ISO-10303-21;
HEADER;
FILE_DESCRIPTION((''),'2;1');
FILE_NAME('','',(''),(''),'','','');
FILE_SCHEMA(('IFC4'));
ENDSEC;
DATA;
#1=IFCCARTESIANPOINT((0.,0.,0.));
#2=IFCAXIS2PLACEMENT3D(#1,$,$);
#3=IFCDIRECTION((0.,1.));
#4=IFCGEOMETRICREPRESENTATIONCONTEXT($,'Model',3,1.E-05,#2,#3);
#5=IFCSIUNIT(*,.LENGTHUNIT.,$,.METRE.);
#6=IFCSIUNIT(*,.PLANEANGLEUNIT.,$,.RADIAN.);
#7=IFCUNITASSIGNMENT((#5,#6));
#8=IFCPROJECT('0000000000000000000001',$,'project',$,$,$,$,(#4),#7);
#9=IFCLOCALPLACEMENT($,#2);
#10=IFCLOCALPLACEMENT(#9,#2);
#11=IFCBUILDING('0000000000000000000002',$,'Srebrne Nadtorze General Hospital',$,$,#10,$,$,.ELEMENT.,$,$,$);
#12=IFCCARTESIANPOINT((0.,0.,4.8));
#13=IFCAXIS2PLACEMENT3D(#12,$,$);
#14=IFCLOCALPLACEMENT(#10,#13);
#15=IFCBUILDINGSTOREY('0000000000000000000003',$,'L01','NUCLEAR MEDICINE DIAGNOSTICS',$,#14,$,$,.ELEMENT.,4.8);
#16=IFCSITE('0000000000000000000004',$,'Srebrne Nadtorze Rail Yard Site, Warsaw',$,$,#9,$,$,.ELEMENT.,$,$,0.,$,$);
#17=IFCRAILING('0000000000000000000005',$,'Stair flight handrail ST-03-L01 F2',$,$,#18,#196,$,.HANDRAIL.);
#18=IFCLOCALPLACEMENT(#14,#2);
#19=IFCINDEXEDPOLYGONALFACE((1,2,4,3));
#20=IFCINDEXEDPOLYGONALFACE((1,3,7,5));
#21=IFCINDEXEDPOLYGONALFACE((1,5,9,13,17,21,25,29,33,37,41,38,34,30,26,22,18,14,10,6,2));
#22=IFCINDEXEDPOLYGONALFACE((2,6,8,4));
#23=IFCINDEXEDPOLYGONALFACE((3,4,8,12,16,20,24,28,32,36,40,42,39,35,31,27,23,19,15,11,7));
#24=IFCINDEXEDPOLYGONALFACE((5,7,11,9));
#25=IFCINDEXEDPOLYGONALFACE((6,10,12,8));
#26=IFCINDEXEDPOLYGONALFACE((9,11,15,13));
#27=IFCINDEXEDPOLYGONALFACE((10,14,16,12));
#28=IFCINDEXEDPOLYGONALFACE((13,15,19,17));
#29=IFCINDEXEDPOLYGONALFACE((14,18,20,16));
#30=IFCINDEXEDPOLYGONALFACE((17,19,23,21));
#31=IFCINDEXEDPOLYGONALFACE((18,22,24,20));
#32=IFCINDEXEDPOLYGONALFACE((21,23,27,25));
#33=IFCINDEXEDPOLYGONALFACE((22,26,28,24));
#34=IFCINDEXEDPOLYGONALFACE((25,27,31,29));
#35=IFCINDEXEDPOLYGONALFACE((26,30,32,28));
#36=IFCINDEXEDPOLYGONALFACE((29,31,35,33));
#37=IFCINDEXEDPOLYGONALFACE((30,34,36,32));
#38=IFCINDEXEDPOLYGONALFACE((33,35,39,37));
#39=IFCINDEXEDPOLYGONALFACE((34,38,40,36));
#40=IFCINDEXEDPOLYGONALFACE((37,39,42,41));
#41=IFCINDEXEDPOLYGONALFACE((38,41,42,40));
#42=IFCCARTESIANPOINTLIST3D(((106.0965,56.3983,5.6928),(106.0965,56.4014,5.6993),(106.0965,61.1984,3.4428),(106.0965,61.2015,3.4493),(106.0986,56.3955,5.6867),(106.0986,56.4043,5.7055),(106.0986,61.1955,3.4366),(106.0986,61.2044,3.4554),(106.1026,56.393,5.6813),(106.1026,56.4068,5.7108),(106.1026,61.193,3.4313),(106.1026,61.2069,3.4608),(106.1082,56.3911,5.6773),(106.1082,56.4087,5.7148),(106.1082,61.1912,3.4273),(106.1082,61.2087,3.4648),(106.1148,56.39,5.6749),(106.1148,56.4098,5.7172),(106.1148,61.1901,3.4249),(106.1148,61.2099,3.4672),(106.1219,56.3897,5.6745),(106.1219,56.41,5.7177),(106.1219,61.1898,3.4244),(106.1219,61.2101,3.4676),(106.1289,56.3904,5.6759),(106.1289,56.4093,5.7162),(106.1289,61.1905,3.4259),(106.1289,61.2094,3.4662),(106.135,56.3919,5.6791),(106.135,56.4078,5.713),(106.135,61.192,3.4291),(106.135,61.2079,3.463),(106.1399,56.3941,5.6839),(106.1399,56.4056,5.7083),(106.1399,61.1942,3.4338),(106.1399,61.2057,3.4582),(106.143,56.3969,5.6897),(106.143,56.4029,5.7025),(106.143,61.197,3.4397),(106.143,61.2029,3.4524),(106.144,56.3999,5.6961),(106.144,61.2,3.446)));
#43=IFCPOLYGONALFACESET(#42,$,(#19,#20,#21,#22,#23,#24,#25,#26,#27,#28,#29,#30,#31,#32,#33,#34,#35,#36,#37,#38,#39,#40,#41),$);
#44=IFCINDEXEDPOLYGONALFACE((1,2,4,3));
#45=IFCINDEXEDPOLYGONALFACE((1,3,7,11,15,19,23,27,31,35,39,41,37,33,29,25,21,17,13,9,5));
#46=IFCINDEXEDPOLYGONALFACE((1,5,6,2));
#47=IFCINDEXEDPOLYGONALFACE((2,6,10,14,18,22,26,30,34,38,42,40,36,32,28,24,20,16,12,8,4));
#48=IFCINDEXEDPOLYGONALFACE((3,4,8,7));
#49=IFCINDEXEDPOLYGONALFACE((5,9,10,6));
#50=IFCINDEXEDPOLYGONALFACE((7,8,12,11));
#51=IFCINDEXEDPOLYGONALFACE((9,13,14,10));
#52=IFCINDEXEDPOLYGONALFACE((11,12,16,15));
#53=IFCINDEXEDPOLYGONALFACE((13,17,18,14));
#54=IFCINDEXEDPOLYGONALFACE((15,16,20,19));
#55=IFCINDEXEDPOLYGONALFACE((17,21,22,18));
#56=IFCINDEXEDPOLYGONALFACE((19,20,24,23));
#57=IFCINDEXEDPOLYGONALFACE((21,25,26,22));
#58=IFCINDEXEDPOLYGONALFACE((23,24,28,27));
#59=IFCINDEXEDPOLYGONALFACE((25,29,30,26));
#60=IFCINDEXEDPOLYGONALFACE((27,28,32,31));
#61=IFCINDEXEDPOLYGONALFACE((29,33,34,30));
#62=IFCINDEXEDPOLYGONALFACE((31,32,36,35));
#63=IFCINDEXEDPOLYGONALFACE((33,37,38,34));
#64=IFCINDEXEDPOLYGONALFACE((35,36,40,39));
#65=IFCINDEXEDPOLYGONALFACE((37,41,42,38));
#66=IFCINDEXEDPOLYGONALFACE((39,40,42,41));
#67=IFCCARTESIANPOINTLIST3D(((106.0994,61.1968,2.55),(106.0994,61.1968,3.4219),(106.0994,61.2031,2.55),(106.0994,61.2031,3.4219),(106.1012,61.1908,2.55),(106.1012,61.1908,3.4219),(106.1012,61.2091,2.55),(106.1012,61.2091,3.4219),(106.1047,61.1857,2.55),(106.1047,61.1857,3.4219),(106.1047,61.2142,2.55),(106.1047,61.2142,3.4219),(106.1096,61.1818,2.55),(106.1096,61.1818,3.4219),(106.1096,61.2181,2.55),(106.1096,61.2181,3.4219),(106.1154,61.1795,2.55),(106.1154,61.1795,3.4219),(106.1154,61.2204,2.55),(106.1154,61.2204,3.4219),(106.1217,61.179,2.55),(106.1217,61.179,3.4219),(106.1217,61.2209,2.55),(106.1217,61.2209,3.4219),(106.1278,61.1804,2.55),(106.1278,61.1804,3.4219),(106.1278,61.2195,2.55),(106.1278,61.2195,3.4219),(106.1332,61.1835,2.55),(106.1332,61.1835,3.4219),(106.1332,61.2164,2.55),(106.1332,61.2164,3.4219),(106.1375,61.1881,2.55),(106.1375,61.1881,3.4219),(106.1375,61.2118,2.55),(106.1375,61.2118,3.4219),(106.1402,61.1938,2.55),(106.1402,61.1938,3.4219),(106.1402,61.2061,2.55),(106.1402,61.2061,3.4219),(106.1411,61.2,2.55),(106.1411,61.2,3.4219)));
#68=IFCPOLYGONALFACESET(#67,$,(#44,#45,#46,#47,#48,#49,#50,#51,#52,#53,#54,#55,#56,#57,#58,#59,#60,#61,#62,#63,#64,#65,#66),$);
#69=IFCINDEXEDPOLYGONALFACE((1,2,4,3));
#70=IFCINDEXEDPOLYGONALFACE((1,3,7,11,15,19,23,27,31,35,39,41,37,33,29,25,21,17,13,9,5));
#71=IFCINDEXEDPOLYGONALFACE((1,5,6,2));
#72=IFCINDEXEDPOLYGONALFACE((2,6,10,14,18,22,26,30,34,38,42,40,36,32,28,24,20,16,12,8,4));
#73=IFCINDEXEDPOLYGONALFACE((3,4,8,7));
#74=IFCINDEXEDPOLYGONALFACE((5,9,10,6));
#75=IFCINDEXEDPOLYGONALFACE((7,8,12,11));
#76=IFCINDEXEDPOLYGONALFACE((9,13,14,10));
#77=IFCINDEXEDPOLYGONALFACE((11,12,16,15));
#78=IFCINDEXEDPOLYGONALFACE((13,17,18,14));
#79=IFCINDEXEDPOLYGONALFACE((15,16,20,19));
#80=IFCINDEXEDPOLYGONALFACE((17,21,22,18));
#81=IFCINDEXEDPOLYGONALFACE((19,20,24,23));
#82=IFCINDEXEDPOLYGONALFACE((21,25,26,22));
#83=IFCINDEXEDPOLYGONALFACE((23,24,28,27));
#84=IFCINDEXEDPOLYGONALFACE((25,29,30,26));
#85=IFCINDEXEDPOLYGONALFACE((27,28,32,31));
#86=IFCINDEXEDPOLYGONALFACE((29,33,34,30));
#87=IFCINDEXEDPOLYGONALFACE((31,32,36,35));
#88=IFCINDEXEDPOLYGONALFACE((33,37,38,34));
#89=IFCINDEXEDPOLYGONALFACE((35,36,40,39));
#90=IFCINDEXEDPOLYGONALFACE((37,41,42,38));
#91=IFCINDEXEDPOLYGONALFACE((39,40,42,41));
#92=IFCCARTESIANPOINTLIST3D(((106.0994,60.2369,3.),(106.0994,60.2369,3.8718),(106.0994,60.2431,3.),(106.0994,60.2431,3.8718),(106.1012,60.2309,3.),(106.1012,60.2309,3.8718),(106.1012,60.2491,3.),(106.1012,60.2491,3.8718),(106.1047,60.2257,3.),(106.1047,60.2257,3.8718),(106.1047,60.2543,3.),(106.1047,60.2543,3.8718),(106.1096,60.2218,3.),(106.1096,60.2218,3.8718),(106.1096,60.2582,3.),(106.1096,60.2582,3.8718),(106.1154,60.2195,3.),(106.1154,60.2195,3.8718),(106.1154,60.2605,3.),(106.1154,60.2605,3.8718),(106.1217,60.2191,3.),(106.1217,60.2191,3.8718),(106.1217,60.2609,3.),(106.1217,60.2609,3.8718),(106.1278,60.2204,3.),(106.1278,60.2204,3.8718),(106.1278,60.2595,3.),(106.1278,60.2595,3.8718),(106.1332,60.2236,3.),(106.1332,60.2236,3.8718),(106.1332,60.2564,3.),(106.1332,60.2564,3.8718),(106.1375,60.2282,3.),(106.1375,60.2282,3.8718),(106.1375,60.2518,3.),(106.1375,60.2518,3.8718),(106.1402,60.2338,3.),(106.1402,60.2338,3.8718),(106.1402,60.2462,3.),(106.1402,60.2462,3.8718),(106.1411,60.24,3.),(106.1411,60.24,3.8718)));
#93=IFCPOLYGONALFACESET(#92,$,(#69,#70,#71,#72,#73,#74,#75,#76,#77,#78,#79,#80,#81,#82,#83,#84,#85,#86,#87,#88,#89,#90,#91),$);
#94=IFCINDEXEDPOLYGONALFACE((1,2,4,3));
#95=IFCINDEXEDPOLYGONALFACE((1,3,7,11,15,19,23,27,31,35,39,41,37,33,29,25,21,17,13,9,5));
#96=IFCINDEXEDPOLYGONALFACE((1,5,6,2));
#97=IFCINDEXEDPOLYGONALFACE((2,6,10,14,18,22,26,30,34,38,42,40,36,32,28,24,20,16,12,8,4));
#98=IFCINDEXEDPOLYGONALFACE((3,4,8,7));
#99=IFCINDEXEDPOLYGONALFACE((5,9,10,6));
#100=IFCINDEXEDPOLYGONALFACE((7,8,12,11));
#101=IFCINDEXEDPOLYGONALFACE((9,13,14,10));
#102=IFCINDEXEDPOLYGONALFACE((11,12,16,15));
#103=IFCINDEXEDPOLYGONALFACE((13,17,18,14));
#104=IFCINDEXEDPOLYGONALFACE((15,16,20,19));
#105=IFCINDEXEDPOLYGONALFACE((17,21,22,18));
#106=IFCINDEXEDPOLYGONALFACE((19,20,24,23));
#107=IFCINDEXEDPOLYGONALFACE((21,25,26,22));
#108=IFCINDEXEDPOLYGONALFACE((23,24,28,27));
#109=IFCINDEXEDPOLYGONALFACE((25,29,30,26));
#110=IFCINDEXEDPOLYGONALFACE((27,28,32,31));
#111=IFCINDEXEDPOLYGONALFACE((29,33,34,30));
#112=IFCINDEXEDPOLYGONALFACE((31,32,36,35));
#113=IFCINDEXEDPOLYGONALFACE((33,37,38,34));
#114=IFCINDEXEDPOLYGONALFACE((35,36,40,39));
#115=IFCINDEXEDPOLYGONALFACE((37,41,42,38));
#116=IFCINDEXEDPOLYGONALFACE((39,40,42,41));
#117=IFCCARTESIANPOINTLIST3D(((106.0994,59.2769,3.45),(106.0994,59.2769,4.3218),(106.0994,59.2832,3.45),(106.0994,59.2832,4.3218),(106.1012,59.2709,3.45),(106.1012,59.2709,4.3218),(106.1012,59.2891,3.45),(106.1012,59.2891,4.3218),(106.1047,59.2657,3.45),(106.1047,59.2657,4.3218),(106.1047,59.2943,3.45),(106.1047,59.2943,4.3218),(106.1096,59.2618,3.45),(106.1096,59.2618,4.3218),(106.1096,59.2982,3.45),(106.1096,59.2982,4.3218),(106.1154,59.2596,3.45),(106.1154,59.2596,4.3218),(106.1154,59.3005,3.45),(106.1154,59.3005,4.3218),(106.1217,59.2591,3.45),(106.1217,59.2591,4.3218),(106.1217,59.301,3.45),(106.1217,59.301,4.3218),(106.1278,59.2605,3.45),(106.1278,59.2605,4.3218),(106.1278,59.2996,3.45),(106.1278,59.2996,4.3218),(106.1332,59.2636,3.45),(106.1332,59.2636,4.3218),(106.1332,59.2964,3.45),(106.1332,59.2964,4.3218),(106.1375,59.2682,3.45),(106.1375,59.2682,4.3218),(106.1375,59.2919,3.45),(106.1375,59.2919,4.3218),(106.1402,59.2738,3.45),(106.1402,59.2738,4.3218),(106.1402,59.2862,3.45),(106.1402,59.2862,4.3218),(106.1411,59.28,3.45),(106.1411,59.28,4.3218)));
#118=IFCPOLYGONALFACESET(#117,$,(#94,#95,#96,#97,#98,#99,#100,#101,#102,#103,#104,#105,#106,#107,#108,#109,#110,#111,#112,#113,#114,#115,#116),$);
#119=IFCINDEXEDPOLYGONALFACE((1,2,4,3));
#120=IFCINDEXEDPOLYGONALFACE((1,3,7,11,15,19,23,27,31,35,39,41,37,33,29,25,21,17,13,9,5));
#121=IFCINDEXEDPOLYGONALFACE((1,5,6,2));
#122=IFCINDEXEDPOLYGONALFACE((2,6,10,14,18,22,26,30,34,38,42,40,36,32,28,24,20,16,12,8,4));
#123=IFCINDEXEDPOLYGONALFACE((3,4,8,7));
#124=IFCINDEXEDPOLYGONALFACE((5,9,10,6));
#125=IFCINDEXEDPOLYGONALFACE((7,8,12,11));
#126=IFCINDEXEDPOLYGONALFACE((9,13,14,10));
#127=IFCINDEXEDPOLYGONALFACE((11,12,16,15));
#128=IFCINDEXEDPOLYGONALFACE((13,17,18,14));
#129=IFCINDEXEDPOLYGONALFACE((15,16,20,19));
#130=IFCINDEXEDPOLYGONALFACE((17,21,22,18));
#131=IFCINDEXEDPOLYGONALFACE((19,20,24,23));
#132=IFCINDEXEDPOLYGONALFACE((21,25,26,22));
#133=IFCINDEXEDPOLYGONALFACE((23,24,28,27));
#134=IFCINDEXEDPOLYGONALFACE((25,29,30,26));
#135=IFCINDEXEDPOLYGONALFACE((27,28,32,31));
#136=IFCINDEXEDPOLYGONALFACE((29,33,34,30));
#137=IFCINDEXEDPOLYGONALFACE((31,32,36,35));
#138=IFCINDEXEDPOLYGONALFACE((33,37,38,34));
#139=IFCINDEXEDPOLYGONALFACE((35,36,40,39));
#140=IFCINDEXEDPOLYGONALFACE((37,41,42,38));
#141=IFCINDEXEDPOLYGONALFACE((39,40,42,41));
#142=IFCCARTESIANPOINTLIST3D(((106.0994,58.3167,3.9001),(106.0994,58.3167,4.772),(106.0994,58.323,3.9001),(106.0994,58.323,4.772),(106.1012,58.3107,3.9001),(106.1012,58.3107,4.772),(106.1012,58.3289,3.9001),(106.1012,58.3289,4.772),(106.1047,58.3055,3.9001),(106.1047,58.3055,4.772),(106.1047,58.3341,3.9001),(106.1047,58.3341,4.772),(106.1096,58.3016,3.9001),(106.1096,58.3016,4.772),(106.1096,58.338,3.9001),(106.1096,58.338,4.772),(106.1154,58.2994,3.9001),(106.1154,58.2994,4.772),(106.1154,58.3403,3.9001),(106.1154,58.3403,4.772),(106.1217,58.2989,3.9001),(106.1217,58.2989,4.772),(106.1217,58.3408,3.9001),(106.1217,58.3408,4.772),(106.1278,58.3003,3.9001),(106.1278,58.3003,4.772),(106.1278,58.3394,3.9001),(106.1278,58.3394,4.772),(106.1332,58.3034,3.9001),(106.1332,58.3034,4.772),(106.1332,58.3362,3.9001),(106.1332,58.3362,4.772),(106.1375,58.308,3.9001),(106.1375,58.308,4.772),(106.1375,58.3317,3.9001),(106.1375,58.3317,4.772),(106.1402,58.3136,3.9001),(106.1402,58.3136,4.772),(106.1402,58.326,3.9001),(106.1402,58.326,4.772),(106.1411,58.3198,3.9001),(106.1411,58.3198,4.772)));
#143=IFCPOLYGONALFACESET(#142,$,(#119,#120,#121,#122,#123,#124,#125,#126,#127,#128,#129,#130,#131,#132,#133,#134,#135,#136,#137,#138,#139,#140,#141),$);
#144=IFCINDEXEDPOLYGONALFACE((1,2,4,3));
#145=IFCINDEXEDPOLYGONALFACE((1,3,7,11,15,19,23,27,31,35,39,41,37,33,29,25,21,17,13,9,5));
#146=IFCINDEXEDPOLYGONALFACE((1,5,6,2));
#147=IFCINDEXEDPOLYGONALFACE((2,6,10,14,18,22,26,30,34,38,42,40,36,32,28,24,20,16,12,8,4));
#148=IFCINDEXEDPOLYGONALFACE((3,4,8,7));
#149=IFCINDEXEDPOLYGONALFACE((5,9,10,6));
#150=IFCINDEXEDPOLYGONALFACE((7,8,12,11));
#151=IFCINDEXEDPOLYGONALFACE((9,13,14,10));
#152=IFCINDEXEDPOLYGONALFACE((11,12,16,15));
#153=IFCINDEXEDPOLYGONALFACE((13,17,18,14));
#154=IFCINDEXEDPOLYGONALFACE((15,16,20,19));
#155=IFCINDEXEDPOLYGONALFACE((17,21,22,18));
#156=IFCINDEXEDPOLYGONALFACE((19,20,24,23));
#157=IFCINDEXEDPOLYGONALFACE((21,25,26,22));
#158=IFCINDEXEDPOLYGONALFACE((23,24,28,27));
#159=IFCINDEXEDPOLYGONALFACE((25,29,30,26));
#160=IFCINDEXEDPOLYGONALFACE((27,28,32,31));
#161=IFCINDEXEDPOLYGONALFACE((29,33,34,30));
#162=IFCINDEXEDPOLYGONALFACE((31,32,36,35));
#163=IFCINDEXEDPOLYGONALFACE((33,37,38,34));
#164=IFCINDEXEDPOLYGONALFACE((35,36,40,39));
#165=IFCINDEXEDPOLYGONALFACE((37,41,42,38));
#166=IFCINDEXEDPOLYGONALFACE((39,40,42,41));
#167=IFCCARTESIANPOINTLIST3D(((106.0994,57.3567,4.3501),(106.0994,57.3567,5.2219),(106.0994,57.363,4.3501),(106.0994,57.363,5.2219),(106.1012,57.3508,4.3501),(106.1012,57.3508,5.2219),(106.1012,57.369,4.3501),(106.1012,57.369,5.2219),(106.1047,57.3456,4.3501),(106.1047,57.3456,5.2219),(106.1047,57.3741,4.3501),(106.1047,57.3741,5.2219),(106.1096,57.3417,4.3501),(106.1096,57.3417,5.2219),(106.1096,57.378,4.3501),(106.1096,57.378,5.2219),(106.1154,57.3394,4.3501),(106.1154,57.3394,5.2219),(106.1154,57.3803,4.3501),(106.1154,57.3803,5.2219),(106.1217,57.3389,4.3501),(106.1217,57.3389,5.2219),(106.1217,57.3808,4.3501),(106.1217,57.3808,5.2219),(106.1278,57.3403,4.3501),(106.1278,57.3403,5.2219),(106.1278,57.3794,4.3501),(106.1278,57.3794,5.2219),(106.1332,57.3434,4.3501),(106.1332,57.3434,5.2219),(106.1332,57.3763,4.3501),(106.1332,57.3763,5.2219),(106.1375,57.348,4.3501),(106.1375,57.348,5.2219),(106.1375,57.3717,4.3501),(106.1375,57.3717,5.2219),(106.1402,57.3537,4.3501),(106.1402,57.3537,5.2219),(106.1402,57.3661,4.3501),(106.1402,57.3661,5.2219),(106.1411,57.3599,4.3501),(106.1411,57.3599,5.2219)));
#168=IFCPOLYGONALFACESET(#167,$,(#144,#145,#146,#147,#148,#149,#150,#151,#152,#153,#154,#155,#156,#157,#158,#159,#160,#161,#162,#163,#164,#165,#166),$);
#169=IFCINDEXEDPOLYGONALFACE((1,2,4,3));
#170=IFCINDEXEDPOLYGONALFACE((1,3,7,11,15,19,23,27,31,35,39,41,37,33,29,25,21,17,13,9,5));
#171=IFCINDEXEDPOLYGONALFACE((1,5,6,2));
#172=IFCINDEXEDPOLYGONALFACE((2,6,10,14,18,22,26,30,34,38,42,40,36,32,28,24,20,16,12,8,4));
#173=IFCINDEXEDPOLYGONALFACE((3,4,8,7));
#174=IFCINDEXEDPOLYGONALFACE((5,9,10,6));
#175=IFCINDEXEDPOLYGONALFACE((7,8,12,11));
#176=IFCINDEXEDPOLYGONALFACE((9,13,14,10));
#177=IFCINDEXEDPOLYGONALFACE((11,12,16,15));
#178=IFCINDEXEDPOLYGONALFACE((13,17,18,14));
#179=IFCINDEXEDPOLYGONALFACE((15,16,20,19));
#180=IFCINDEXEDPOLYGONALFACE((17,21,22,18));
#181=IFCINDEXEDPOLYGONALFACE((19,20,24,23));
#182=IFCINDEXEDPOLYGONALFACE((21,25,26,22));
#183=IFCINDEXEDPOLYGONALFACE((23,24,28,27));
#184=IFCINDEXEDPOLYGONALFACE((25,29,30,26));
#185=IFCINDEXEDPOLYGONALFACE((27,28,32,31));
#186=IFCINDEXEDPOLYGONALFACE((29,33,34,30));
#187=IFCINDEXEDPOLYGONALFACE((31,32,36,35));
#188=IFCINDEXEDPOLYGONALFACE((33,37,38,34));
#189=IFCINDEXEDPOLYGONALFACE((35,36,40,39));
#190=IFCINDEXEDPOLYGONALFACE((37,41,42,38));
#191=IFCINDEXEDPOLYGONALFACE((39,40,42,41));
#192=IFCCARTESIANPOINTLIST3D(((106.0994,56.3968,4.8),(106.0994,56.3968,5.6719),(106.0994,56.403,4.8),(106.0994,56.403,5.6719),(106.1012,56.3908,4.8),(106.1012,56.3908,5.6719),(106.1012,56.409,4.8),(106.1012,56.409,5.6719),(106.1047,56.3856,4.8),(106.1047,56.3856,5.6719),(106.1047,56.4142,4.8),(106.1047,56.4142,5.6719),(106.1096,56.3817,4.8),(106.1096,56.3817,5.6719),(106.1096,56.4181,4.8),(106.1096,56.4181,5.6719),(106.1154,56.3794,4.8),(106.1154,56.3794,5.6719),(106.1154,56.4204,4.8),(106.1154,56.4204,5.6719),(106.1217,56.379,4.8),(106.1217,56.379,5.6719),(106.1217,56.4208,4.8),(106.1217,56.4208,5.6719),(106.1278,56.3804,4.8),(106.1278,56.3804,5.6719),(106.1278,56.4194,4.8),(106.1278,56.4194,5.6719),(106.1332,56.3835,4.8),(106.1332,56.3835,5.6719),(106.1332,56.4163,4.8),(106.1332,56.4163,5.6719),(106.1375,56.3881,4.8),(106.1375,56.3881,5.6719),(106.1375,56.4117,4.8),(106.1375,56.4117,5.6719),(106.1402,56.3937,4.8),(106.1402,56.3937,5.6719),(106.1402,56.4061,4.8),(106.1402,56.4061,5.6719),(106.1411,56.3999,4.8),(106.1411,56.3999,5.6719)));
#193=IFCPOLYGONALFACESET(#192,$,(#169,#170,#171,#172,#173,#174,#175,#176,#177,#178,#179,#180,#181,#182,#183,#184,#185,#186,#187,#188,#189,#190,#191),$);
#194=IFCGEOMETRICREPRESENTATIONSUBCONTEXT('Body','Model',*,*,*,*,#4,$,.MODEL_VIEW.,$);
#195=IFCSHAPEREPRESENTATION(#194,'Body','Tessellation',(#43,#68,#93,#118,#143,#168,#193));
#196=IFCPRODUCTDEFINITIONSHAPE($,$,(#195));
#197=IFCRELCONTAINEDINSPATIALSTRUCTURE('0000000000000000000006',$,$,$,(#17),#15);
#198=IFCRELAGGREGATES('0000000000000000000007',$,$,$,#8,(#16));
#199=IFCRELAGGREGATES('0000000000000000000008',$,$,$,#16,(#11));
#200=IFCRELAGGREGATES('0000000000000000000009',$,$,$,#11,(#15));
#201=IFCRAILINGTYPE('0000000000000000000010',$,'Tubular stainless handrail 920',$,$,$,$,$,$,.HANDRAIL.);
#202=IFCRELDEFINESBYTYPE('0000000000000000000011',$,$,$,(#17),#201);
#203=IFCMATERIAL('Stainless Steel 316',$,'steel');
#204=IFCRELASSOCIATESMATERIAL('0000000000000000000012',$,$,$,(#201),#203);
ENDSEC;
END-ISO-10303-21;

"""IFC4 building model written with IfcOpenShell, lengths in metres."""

from ifc_helpers import new_model, si_unit, direction, frame, origin, origin_2d, place, context, subcontext, project, spatial, circle, extrude, material, type_object, element, save


model = new_model("IFC4")

# Units and contexts
model_context = context("Model", 3, precision=1e-05, world=origin(), true_north=direction((0.0, 1.0)))
body_context = subcontext(model_context, "Body", "Model", "MODEL_VIEW")
ifc_project = project(units=[si_unit("LENGTHUNIT", "METRE"), si_unit("PLANEANGLEUNIT", "RADIAN")], contexts=[model_context])

# Site, building, storey
site_placement = place(None, origin())
site = spatial("IfcSite", under=ifc_project, at=site_placement, Name="Srebrne Nadtorze Rail Yard Site, Warsaw", CompositionType="ELEMENT", RefElevation=0.0)
building_placement = place(site_placement, origin())
building = spatial("IfcBuilding", under=site, at=building_placement, Name="Srebrne Nadtorze General Hospital", CompositionType="ELEMENT")
storey_placement = place(building_placement, frame((0.0, 0.0, 4.8)))
storey = spatial("IfcBuildingStorey", under=building, at=storey_placement, Name="L01", Description="NUCLEAR MEDICINE DIAGNOSTICS", CompositionType="ELEMENT", Elevation=4.8)

# Railing
ifc_material_1 = material(Name="Stainless Steel 316", Category="steel")
railing_type = type_object("IfcRailingType", Name="Tubular stainless handrail 920", PredefinedType="HANDRAIL", material=ifc_material_1)
railing_placement = place(storey_placement, frame((106.1201, 61.2, 2.55)))
element("IfcRailing", 1, at=railing_placement, inside=storey, type_object=railing_type, Name="Stair flight handrail ST-03-L01 F2", PredefinedType="HANDRAIL", context=body_context, shape_type="SweptSolid", body=[
    extrude(circle(Radius=0.0239, at=origin_2d()), frame((0.0, 0.0, 0.896), z_axis=(0.0, -0.905461, 0.42443), x_axis=(1.0, 0.0, 0.0)), (0.0, 0.0, 1.0), 5.3013),
    extrude(circle(Radius=0.021, at=origin_2d()), origin(), (0.0, 0.0, 1.0), 0.8718),
    extrude(circle(Radius=0.021, at=origin_2d()), frame((0.0, -0.96, 0.45)), (0.0, 0.0, 1.0), 0.8718),
    extrude(circle(Radius=0.021, at=origin_2d()), frame((0.0, -1.9199, 0.8999)), (0.0, 0.0, 1.0), 0.8718),
    extrude(circle(Radius=0.021, at=origin_2d()), frame((0.0, -2.8801, 1.3501)), (0.0, 0.0, 1.0), 0.8718),
    extrude(circle(Radius=0.021, at=origin_2d()), frame((0.0, -3.8401, 1.8)), (0.0, 0.0, 1.0), 0.8718),
    extrude(circle(Radius=0.021, at=origin_2d()), frame((0.0, -4.8, 2.25)), (0.0, 0.0, 1.0), 0.8718),
])

save(model, "model.ifc")
